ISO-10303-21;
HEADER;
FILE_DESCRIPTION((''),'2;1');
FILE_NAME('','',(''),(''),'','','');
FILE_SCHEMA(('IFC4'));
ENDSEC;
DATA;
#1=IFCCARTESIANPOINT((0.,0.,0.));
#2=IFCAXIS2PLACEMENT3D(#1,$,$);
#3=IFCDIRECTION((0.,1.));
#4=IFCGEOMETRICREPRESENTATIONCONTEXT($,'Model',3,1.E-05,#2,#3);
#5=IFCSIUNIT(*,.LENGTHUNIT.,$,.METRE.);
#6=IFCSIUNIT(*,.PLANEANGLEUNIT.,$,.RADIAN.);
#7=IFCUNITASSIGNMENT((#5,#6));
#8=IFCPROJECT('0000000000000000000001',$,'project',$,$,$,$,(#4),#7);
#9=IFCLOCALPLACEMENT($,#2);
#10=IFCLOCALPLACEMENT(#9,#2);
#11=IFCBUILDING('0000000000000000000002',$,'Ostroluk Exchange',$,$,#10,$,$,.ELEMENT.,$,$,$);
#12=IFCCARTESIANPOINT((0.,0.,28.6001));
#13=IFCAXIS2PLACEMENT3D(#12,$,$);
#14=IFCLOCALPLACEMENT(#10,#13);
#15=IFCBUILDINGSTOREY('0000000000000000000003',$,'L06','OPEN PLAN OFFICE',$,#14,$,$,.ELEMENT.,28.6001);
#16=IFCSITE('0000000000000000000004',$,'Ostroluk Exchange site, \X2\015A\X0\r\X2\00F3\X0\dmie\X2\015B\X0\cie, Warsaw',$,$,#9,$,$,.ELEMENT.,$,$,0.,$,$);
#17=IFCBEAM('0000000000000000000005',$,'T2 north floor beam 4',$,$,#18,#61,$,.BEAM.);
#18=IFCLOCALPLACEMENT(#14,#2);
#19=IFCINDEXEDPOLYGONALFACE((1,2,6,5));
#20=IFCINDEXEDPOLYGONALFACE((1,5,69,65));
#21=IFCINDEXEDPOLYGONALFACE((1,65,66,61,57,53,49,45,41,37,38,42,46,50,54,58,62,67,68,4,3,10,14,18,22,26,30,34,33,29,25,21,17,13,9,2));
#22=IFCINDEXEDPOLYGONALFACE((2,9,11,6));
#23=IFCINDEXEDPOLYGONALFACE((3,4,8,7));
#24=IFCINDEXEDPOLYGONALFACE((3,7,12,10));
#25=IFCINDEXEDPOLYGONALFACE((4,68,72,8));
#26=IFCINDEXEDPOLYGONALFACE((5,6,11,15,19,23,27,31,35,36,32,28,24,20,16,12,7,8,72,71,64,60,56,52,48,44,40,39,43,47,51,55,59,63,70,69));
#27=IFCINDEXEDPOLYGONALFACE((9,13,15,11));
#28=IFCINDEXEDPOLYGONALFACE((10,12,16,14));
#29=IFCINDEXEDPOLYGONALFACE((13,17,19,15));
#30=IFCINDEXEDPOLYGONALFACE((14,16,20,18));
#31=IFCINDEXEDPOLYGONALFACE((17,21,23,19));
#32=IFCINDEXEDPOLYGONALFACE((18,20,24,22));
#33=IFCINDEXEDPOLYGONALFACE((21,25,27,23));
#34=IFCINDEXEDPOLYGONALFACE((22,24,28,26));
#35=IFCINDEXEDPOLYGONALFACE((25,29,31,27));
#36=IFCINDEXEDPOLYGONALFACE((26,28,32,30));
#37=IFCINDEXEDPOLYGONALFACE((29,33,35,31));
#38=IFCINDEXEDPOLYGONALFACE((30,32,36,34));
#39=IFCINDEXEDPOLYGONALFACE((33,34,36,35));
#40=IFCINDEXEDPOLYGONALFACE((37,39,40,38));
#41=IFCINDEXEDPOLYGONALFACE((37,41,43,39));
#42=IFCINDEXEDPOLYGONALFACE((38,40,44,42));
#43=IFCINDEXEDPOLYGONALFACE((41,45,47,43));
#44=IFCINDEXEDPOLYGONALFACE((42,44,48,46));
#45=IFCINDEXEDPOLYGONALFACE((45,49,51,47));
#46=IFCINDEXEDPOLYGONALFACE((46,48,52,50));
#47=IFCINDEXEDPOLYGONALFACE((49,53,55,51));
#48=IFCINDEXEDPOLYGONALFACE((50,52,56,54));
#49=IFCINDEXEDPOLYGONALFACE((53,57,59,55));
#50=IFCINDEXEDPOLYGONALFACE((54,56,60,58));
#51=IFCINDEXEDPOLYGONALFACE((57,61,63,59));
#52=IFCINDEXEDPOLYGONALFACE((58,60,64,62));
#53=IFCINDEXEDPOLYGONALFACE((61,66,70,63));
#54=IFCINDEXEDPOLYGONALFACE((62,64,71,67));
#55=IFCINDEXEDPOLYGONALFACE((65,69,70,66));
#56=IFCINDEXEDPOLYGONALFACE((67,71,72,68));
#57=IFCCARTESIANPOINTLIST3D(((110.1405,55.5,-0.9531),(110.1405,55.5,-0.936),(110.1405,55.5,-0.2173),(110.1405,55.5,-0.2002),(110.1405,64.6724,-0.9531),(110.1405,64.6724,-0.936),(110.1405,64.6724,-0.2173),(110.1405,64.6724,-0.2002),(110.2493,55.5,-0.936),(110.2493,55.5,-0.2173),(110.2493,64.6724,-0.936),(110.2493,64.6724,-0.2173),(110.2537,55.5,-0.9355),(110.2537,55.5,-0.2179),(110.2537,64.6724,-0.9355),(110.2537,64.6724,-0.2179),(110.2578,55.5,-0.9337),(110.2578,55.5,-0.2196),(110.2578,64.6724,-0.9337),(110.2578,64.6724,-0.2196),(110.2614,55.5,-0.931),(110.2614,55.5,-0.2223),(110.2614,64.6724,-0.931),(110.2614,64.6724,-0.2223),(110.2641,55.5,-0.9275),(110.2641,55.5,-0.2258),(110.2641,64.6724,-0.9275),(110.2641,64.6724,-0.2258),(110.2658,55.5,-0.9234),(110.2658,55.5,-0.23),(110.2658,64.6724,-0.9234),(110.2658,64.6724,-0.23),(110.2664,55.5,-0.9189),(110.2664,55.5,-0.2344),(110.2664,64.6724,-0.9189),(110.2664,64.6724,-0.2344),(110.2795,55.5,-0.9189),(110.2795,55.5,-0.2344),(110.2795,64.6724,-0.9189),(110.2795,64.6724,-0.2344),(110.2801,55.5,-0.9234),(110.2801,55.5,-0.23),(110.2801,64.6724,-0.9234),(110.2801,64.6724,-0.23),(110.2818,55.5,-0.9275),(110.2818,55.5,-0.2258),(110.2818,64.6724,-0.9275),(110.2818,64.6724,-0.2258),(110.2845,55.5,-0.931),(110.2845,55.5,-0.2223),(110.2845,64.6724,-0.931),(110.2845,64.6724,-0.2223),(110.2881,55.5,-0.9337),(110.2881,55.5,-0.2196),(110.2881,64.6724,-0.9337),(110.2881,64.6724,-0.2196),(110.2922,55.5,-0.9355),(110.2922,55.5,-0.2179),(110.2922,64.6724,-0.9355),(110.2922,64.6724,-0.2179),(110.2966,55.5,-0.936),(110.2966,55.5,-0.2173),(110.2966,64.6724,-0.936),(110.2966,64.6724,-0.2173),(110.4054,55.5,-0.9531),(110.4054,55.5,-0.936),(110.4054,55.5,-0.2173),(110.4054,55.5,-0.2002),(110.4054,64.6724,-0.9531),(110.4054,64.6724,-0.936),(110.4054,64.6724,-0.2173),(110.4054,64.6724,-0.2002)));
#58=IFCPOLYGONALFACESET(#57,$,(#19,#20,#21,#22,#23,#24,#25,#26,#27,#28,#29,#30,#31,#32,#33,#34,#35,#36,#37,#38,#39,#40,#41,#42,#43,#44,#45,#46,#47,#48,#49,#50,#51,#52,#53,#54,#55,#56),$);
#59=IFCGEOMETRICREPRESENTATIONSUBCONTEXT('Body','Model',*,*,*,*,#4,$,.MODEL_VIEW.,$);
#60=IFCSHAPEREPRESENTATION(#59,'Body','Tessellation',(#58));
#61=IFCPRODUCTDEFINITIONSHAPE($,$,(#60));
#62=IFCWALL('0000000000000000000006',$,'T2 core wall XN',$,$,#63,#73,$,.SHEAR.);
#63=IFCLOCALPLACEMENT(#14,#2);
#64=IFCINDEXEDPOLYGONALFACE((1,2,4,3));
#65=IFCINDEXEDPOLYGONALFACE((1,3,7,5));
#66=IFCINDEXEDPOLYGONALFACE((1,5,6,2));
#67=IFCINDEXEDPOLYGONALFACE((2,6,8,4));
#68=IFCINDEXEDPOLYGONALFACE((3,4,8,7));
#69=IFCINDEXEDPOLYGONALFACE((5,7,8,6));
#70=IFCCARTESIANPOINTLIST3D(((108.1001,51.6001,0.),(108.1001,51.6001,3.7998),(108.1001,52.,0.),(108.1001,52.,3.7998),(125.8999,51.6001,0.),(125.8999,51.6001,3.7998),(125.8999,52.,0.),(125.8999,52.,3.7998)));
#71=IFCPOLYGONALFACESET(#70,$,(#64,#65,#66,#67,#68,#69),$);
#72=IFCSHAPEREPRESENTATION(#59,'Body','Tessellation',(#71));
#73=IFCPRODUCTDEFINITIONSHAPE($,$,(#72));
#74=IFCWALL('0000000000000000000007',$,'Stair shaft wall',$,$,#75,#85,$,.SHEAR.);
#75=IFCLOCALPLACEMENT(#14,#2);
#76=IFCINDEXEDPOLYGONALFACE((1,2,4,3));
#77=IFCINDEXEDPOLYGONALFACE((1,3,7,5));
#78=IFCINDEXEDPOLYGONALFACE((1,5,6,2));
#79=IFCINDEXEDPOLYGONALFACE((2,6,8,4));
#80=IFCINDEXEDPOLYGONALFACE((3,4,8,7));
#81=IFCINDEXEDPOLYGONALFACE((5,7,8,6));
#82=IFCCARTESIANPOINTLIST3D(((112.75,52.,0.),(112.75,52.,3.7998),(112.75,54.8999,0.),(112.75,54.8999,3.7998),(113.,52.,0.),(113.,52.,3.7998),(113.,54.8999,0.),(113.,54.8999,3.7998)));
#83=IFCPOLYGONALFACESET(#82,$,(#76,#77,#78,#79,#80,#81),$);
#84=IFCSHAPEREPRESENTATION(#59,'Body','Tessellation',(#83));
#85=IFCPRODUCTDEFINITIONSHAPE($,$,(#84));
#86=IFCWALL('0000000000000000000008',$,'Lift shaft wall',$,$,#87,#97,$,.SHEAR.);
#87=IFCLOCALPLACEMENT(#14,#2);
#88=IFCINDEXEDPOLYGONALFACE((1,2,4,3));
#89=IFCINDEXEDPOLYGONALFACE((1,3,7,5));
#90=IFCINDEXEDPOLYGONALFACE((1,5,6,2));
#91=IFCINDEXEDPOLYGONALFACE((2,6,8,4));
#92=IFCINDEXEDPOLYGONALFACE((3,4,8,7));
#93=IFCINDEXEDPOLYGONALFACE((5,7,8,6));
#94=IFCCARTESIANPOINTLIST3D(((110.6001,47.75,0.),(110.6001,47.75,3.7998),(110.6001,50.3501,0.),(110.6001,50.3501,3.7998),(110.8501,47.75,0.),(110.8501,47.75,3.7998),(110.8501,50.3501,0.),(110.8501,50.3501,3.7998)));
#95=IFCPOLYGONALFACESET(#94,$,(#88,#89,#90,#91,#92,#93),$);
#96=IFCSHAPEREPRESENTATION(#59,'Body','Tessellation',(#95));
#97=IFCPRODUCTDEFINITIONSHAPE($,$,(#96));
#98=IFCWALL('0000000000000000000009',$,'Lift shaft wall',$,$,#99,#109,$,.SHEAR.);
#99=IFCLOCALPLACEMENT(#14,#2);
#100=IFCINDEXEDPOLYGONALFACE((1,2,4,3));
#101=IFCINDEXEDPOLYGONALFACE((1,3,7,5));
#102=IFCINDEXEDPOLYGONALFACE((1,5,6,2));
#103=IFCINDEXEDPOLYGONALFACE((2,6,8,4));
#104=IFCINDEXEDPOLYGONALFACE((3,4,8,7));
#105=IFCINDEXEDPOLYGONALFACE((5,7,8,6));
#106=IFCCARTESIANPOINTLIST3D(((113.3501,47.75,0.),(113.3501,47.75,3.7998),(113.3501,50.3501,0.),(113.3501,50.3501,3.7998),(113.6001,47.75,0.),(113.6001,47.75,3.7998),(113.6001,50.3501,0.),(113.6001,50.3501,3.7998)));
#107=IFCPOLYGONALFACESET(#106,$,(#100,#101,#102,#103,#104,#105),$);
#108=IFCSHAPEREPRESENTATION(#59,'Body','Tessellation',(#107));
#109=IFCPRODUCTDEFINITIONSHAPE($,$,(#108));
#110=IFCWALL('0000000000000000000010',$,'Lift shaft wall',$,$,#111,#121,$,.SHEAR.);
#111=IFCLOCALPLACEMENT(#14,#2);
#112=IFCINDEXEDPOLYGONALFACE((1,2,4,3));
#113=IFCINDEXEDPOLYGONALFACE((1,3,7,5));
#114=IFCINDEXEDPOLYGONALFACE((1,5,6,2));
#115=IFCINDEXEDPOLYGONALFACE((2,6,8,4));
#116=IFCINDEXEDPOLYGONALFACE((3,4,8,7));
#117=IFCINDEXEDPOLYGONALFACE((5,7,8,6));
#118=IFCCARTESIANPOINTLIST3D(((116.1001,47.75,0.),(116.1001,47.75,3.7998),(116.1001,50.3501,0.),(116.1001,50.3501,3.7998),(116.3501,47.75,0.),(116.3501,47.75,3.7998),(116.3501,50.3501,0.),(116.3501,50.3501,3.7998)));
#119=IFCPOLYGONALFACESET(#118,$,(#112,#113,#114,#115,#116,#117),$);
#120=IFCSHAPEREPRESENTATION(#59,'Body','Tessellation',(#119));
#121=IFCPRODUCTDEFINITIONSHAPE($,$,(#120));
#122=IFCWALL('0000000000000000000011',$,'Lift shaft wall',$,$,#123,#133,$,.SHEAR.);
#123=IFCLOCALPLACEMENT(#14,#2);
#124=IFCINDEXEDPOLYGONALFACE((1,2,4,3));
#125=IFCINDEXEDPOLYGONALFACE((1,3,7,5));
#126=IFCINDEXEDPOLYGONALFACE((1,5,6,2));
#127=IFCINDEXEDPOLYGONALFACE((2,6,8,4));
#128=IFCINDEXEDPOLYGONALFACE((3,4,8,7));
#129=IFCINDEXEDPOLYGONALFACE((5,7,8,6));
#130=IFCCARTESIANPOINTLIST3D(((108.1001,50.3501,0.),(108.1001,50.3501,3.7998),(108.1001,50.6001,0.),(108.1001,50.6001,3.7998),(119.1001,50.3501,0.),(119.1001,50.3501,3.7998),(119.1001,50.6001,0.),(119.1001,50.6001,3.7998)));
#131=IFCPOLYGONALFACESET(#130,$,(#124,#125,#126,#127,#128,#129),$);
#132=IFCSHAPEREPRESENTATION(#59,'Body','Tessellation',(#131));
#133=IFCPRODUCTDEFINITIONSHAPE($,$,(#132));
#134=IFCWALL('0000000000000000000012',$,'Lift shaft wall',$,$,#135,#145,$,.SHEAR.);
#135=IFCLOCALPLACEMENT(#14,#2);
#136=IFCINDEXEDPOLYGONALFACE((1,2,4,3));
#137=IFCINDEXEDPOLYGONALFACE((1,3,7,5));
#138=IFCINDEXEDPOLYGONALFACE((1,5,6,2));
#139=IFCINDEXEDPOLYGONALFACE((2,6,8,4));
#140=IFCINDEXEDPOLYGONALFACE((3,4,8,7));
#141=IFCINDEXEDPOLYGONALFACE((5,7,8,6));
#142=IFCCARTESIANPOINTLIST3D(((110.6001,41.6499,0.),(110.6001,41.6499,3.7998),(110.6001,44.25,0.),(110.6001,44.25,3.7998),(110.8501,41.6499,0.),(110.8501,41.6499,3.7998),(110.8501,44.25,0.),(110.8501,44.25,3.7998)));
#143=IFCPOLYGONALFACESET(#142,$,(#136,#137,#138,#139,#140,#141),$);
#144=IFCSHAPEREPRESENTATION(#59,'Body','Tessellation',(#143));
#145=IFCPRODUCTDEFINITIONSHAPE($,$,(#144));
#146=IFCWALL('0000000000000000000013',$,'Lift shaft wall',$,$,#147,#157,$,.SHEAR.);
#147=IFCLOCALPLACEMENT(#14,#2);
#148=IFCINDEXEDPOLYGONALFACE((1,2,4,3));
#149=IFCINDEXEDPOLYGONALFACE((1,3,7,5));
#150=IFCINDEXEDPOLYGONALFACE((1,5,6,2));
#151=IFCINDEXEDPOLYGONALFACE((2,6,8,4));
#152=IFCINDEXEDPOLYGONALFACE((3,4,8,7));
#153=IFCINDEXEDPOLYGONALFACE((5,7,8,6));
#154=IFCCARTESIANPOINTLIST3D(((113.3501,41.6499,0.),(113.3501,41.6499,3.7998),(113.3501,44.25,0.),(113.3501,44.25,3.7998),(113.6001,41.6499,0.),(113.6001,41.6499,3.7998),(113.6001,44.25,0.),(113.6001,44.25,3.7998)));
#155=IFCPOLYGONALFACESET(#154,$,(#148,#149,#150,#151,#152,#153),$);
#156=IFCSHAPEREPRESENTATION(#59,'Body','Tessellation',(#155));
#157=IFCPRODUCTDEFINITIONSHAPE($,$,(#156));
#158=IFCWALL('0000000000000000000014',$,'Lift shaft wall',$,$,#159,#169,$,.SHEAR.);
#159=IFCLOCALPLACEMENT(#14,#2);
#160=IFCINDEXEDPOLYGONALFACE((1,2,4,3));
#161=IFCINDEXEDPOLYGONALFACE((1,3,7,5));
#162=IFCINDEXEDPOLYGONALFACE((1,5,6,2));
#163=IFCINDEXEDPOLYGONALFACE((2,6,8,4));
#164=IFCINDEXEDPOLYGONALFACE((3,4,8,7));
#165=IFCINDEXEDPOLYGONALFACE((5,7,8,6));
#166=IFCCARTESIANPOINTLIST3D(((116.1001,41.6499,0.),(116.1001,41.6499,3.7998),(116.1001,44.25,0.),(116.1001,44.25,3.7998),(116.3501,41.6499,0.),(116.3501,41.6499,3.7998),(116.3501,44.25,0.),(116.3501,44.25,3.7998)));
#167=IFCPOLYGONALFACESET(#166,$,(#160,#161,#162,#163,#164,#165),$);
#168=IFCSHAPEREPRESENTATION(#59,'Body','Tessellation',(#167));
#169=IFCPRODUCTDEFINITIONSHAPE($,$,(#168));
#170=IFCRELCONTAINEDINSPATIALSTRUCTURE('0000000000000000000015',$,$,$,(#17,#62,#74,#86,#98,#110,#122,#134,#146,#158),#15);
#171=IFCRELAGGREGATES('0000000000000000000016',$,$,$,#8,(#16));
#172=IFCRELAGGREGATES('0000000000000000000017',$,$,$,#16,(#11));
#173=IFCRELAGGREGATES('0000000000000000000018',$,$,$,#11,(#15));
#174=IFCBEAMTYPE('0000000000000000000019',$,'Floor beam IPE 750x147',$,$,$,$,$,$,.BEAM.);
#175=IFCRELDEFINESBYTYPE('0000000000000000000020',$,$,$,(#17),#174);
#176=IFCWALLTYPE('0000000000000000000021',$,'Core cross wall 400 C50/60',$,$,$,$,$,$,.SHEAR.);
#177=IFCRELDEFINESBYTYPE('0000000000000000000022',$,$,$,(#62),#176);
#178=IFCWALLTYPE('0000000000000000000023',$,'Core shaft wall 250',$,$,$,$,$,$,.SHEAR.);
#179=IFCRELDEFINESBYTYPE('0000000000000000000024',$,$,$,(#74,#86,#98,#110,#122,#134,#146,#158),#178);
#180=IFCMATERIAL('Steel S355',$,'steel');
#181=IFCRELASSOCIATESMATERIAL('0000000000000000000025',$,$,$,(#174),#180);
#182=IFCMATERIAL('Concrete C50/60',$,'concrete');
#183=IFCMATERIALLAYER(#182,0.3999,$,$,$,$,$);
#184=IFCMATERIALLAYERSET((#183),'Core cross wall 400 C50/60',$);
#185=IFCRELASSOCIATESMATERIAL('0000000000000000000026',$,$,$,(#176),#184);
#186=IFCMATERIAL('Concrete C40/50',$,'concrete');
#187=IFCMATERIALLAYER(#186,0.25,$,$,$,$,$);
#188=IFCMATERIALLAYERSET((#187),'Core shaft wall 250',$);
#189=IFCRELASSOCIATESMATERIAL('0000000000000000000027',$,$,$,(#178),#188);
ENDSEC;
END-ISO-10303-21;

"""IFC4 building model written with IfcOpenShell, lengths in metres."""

from ifc_helpers import new_model, si_unit, direction, frame, frame_2d, origin, origin_2d, place, context, subcontext, project, spatial, rectangle, i_section, extrude, material, layer, layer_set, material_profile, profile_set, type_object, element, save


model = new_model("IFC4")

# Units and contexts
model_context = context("Model", 3, precision=1e-05, world=origin(), true_north=direction((0.0, 1.0)))
body_context = subcontext(model_context, "Body", "Model", "MODEL_VIEW")
ifc_project = project(units=[si_unit("LENGTHUNIT", "METRE"), si_unit("PLANEANGLEUNIT", "RADIAN")], contexts=[model_context])

# Site, building, storey
site_placement = place(None, origin())
site = spatial("IfcSite", under=ifc_project, at=site_placement, Name="Ostroluk Exchange site, Śródmieście, Warsaw", CompositionType="ELEMENT", RefElevation=0.0)
building_placement = place(site_placement, origin())
building = spatial("IfcBuilding", under=site, at=building_placement, Name="Ostroluk Exchange", CompositionType="ELEMENT")
storey_placement = place(building_placement, frame((0.0, 0.0, 28.6001)))
storey = spatial("IfcBuildingStorey", under=building, at=storey_placement, Name="L06", Description="OPEN PLAN OFFICE", CompositionType="ELEMENT", Elevation=28.6001)

# Beam
ifc_material_1 = material(Name="Steel S355", Category="steel")
ifc_material_profile = material_profile(ifc_material_1, i_section(OverallWidth=0.2649, OverallDepth=0.7529, WebThickness=0.0132, FlangeThickness=0.0171, FilletRadius=0.0171, at=origin_2d()), Name="IPE 750x147")
ifc_profile_set = profile_set([ifc_material_profile], Name="Steel S355")
beam_type = type_object("IfcBeamType", Name="Floor beam IPE 750x147", PredefinedType="BEAM", material=ifc_profile_set)
beam_placement = place(storey_placement, frame((110.2729, 55.5, -0.5767), z_axis=(0.0, 1.0, 0.0), x_axis=(-1.0, 0.0, 0.0)))
element("IfcBeam", 1, at=beam_placement, inside=storey, type_object=beam_type, Name="T2 north floor beam 4", PredefinedType="BEAM", context=body_context, shape_type="SweptSolid", body=[
    extrude(i_section(OverallWidth=0.2649, OverallDepth=0.7529, WebThickness=0.0132, FlangeThickness=0.0171, FilletRadius=0.0171, at=origin_2d()), origin(), (0.0, 0.0, 1.0), 9.1724),
])

# Walls
ifc_material_2 = material(Name="Concrete C50/60", Category="concrete")
ifc_layer_1 = layer(ifc_material_2, 0.3999)
ifc_layer_set_1 = layer_set([ifc_layer_1], Name="Core cross wall 400 C50/60")
wall_type_1 = type_object("IfcWallType", Name="Core cross wall 400 C50/60", PredefinedType="SHEAR", material=ifc_layer_set_1)
wall_1_placement = place(storey_placement, frame((108.1001, 51.8, 0.0), z_axis=(0.0, 0.0, 1.0), x_axis=(1.0, 0.0, 0.0)))
element("IfcWall", 2, at=wall_1_placement, inside=storey, type_object=wall_type_1, Name="T2 core wall XN", PredefinedType="SHEAR", context=body_context, shape_type="SweptSolid", body=[
    extrude(rectangle(XDim=17.7998, YDim=0.3999, at=frame_2d((8.8999, 0.0))), origin(), (0.0, 0.0, 1.0), 3.7998),
])
ifc_material_3 = material(Name="Concrete C40/50", Category="concrete")
ifc_layer_2 = layer(ifc_material_3, 0.25)
ifc_layer_set_2 = layer_set([ifc_layer_2], Name="Core shaft wall 250")
wall_type_2 = type_object("IfcWallType", Name="Core shaft wall 250", PredefinedType="SHEAR", material=ifc_layer_set_2)
wall_2_placement = place(storey_placement, frame((112.875, 52.0, 0.0), z_axis=(0.0, 0.0, 1.0), x_axis=(0.0, 1.0, 0.0)))
element("IfcWall", 3, at=wall_2_placement, inside=storey, type_object=wall_type_2, Name="Stair shaft wall", PredefinedType="SHEAR", context=body_context, shape_type="SweptSolid", body=[
    extrude(rectangle(XDim=2.8999, YDim=0.25, at=frame_2d((1.45, 0.0))), origin(), (0.0, 0.0, 1.0), 3.7998),
])
for number, where, z_axis, x_axis, name in (
    (4, (110.7251, 47.75, 0.0), (0.0, 0.0, 1.0), (0.0, 1.0, 0.0), "Lift shaft wall"),
    (5, (113.4751, 47.75, 0.0), (0.0, 0.0, 1.0), (0.0, 1.0, 0.0), "Lift shaft wall"),
    (6, (116.2251, 47.75, 0.0), (0.0, 0.0, 1.0), (0.0, 1.0, 0.0), "Lift shaft wall"),
):
    element("IfcWall", number, at=place(storey_placement, frame(where, z_axis=z_axis, x_axis=x_axis)), inside=storey, type_object=wall_type_2, Name=name, PredefinedType="SHEAR", context=body_context, shape_type="SweptSolid", body=[
        extrude(rectangle(XDim=2.6001, YDim=0.25, at=frame_2d((1.3, 0.0))), origin(), (0.0, 0.0, 1.0), 3.7998),
    ])
wall_3_placement = place(storey_placement, frame((108.1001, 50.4751, 0.0), z_axis=(0.0, 0.0, 1.0), x_axis=(1.0, 0.0, 0.0)))
element("IfcWall", 7, at=wall_3_placement, inside=storey, type_object=wall_type_2, Name="Lift shaft wall", PredefinedType="SHEAR", context=body_context, shape_type="SweptSolid", body=[
    extrude(rectangle(XDim=11.0, YDim=0.25, at=frame_2d((5.5, 0.0))), origin(), (0.0, 0.0, 1.0), 3.7998),
])
for number, where, z_axis, x_axis, name in (
    (8, (110.7251, 44.25, 0.0), (0.0, 0.0, 1.0), (0.0, -1.0, 0.0), "Lift shaft wall"),
    (9, (113.4751, 44.25, 0.0), (0.0, 0.0, 1.0), (0.0, -1.0, 0.0), "Lift shaft wall"),
    (10, (116.2251, 44.25, 0.0), (0.0, 0.0, 1.0), (0.0, -1.0, 0.0), "Lift shaft wall"),
):
    element("IfcWall", number, at=place(storey_placement, frame(where, z_axis=z_axis, x_axis=x_axis)), inside=storey, type_object=wall_type_2, Name=name, PredefinedType="SHEAR", context=body_context, shape_type="SweptSolid", body=[
        extrude(rectangle(XDim=2.6001, YDim=0.25, at=frame_2d((1.3, 0.0))), origin(), (0.0, 0.0, 1.0), 3.7998),
    ])

save(model, "model.ifc")
